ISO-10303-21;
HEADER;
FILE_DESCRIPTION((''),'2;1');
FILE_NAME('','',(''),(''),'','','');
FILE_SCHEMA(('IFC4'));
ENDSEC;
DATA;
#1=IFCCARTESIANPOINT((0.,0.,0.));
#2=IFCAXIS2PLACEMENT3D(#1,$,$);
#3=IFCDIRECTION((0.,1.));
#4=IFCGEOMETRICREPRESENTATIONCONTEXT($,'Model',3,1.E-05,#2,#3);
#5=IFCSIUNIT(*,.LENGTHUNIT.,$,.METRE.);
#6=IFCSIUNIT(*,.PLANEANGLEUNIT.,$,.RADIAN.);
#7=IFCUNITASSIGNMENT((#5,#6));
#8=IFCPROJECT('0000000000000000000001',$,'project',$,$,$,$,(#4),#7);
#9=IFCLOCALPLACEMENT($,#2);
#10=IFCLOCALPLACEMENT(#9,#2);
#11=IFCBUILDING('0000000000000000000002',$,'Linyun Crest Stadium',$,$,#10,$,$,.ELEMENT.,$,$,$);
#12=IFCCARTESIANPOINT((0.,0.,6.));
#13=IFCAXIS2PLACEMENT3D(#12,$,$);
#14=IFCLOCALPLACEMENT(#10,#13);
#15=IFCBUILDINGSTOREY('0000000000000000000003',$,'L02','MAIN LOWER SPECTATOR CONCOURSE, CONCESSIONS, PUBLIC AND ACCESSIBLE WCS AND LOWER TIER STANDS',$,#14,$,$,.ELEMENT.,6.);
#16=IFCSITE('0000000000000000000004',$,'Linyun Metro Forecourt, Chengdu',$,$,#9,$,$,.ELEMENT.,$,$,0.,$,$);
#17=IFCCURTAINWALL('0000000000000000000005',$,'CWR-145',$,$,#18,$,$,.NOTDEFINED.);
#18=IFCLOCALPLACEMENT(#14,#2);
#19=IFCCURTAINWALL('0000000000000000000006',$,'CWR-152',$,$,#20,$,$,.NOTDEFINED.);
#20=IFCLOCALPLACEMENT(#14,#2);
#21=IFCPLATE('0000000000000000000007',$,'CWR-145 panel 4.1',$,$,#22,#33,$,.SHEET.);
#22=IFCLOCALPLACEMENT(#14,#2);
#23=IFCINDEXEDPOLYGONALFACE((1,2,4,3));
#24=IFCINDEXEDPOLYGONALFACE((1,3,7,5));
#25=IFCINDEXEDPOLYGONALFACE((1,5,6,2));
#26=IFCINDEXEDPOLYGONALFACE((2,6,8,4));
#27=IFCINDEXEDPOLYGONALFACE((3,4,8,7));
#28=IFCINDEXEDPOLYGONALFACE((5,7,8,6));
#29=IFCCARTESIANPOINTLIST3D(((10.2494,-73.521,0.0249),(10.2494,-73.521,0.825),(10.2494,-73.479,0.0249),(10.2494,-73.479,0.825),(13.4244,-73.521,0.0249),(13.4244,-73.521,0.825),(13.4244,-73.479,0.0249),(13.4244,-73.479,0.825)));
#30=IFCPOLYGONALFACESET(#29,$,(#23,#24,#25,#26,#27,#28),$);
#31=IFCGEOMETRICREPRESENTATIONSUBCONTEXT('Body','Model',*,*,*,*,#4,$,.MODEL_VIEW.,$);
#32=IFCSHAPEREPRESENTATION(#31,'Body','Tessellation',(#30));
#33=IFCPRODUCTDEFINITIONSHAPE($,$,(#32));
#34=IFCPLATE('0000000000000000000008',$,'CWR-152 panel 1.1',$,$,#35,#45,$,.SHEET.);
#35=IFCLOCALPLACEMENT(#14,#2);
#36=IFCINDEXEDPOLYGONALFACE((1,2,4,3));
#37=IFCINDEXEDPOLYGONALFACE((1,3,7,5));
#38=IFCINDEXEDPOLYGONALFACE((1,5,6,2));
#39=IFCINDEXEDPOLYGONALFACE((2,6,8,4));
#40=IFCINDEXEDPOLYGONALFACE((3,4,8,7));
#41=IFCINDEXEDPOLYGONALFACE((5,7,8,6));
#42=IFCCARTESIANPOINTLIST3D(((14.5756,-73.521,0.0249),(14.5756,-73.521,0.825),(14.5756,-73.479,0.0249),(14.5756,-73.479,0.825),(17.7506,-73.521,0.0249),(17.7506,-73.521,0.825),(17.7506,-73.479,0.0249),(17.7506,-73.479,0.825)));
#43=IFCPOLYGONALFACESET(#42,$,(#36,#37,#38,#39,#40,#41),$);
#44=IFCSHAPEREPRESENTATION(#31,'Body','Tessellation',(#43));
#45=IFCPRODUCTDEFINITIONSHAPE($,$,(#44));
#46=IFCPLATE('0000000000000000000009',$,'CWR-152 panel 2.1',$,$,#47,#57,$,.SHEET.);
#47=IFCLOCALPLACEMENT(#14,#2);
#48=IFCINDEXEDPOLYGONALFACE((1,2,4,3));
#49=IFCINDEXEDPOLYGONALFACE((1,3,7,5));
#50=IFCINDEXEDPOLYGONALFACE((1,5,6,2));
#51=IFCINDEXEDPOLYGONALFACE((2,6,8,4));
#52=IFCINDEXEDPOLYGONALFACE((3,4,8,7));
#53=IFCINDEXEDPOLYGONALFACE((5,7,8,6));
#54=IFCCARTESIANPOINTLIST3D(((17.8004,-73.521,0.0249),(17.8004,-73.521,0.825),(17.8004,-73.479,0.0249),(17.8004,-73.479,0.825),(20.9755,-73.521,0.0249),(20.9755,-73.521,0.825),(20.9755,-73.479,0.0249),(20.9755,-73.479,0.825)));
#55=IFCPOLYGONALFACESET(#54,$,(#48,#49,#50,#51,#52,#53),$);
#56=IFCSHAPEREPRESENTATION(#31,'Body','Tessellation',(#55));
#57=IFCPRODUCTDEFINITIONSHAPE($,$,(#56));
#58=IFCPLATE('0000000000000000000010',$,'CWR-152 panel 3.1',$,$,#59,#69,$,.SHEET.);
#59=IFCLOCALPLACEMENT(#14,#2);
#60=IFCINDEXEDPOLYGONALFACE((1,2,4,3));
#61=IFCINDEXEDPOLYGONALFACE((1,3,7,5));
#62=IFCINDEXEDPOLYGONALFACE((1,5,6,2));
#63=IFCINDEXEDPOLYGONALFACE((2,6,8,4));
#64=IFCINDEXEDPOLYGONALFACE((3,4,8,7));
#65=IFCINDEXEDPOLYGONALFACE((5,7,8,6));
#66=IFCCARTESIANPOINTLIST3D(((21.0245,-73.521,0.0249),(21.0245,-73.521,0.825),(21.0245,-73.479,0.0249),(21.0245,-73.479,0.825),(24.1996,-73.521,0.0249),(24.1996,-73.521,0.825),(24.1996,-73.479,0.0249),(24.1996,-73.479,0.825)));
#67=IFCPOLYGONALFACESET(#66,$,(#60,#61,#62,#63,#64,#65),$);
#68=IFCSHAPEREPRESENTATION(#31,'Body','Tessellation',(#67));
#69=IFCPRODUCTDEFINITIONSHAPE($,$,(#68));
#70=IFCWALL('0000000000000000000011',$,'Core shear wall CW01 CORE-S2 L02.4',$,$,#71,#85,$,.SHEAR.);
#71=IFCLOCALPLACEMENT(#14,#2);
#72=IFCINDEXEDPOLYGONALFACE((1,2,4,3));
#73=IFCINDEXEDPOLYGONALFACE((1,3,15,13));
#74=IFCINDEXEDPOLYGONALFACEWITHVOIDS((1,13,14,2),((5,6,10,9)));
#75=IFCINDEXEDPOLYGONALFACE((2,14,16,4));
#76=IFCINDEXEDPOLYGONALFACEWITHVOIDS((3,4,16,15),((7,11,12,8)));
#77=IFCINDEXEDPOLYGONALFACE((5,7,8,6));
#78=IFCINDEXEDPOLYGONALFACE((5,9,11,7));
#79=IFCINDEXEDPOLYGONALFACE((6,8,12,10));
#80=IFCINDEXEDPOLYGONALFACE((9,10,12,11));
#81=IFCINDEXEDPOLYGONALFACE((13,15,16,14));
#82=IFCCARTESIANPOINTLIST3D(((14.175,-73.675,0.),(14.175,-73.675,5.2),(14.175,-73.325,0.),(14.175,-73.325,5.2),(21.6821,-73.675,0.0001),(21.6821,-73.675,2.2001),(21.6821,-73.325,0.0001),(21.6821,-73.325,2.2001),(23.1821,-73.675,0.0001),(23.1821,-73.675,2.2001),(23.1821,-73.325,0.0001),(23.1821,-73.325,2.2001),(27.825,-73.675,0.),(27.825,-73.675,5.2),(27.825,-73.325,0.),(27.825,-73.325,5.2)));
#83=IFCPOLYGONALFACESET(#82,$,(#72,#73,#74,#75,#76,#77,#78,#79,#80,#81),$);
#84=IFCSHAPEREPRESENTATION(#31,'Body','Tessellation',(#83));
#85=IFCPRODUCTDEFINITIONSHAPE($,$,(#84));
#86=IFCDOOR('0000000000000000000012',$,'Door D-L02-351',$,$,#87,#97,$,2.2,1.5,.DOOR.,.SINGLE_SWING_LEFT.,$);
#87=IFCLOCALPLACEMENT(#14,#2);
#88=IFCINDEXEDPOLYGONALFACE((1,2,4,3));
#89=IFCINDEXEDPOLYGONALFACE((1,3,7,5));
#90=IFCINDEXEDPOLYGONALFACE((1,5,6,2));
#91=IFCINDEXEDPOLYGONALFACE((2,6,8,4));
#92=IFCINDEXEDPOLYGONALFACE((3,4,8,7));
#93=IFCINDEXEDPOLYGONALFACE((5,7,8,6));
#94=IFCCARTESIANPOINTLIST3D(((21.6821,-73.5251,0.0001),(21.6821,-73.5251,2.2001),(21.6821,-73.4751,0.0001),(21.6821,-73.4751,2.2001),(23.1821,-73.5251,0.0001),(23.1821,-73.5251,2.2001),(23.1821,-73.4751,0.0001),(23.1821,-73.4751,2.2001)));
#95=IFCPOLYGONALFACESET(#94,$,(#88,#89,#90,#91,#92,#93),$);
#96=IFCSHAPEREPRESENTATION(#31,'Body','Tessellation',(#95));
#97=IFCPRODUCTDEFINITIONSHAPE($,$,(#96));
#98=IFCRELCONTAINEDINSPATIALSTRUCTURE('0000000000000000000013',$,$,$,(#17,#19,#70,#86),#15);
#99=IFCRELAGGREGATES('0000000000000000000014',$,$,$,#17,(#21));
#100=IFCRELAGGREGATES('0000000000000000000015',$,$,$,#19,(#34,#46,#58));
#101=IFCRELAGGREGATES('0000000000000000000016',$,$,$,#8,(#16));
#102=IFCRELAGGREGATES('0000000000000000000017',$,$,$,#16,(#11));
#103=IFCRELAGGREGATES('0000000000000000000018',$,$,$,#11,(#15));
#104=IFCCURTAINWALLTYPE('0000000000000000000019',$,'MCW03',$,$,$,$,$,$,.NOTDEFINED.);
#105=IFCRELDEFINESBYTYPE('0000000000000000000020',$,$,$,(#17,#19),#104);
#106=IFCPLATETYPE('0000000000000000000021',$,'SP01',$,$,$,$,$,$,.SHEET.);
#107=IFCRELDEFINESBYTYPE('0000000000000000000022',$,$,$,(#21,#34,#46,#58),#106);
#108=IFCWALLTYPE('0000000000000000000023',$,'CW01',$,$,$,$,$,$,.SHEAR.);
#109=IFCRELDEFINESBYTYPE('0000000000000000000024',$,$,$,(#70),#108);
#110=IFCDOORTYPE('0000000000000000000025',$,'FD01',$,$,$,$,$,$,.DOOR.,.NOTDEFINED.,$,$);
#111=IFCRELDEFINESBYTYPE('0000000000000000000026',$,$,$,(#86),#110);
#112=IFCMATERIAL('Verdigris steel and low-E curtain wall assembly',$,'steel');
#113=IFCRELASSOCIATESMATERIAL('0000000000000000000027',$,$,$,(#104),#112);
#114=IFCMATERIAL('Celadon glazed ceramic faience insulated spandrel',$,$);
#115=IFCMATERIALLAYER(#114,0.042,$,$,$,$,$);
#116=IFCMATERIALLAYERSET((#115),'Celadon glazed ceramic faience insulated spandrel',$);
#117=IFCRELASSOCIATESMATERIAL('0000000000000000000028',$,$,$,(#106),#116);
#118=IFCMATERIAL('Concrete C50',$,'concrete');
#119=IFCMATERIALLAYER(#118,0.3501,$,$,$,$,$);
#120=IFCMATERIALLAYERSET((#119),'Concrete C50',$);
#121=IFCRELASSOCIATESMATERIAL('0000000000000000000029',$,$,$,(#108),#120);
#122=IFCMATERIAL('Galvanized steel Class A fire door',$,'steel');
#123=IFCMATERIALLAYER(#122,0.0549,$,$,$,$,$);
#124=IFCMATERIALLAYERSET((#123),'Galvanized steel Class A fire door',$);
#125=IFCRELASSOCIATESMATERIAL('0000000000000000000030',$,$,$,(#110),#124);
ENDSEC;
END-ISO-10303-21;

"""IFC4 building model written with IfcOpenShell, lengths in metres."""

from ifc_helpers import new_model, si_unit, direction, frame, frame_2d, origin, origin_2d, place, context, subcontext, project, spatial, rectangle, extrude, material, layer, layer_set, type_object, element, fill, aggregate, save


model = new_model("IFC4")

# Units and contexts
model_context = context("Model", 3, precision=1e-05, world=origin(), true_north=direction((0.0, 1.0)))
body_context = subcontext(model_context, "Body", "Model", "MODEL_VIEW")
ifc_project = project(units=[si_unit("LENGTHUNIT", "METRE"), si_unit("PLANEANGLEUNIT", "RADIAN")], contexts=[model_context])

# Site, building, storey
site_placement = place(None, origin())
site = spatial("IfcSite", under=ifc_project, at=site_placement, Name="Linyun Metro Forecourt, Chengdu", CompositionType="ELEMENT", RefElevation=0.0)
building_placement = place(site_placement, origin())
building = spatial("IfcBuilding", under=site, at=building_placement, Name="Linyun Crest Stadium", CompositionType="ELEMENT")
storey_placement = place(building_placement, frame((0.0, 0.0, 6.0)))
storey = spatial("IfcBuildingStorey", under=building, at=storey_placement, Name="L02", Description="MAIN LOWER SPECTATOR CONCOURSE, CONCESSIONS, PUBLIC AND ACCESSIBLE WCS AND LOWER TIER STANDS", CompositionType="ELEMENT", Elevation=6.0)

# Curtain walls
ifc_material_1 = material(Name="Verdigris steel and low-E curtain wall assembly", Category="steel")
curtain_wall_type = type_object("IfcCurtainWallType", Name="MCW03", PredefinedType="NOTDEFINED", material=ifc_material_1)
curtain_wall_1_placement = place(storey_placement, origin())
curtain_wall_1 = element("IfcCurtainWall", 1, at=curtain_wall_1_placement, inside=storey, type_object=curtain_wall_type, Name="CWR-145", PredefinedType="NOTDEFINED")
curtain_wall_2_placement = place(storey_placement, origin())
curtain_wall_2 = element("IfcCurtainWall", 2, at=curtain_wall_2_placement, inside=storey, type_object=curtain_wall_type, Name="CWR-152", PredefinedType="NOTDEFINED")

# Plates
ifc_material_2 = material(Name="Celadon glazed ceramic faience insulated spandrel")
ifc_layer_1 = layer(ifc_material_2, 0.042)
ifc_layer_set_1 = layer_set([ifc_layer_1], Name="Celadon glazed ceramic faience insulated spandrel")
plate_type_1 = type_object("IfcPlateType", Name="SP01", PredefinedType="SHEET", material=ifc_layer_set_1)
plate_1_placement = place(storey_placement, frame((11.8369, -73.5, 0.0249), z_axis=(0.0, 0.0, 1.0), x_axis=(1.0, 0.0, 0.0)))
plate_1 = element("IfcPlate", 3, at=plate_1_placement, type_object=plate_type_1, Name="CWR-145 panel 4.1", PredefinedType="SHEET", context=body_context, shape_type="SweptSolid", body=[
    extrude(rectangle(XDim=3.175, YDim=0.042, at=origin_2d()), origin(), (0.0, 0.0, 1.0), 0.8),
])
aggregate(curtain_wall_1, [plate_1])
plate_2_placement = place(storey_placement, frame((16.1631, -73.5, 0.0249), z_axis=(0.0, 0.0, 1.0), x_axis=(1.0, 0.0, 0.0)))
plate_2 = element("IfcPlate", 4, at=plate_2_placement, type_object=plate_type_1, Name="CWR-152 panel 1.1", PredefinedType="SHEET", context=body_context, shape_type="SweptSolid", body=[
    extrude(rectangle(XDim=3.175, YDim=0.042, at=origin_2d()), origin(), (0.0, 0.0, 1.0), 0.8),
])
plate_3_placement = place(storey_placement, frame((19.3879, -73.5, 0.0249), z_axis=(0.0, 0.0, 1.0), x_axis=(1.0, 0.0, 0.0)))
plate_3 = element("IfcPlate", 5, at=plate_3_placement, type_object=plate_type_1, Name="CWR-152 panel 2.1", PredefinedType="SHEET", context=body_context, shape_type="SweptSolid", body=[
    extrude(rectangle(XDim=3.175, YDim=0.042, at=origin_2d()), origin(), (0.0, 0.0, 1.0), 0.8),
])
plate_4_placement = place(storey_placement, frame((22.6121, -73.5, 0.0249), z_axis=(0.0, 0.0, 1.0), x_axis=(1.0, 0.0, 0.0)))
plate_4 = element("IfcPlate", 6, at=plate_4_placement, type_object=plate_type_1, Name="CWR-152 panel 3.1", PredefinedType="SHEET", context=body_context, shape_type="SweptSolid", body=[
    extrude(rectangle(XDim=3.175, YDim=0.042, at=origin_2d()), origin(), (0.0, 0.0, 1.0), 0.8),
])
aggregate(curtain_wall_2, [plate_2, plate_3, plate_4])

# Wall, opening, door
ifc_material_3 = material(Name="Concrete C50", Category="concrete")
ifc_layer_2 = layer(ifc_material_3, 0.3501)
ifc_layer_set_2 = layer_set([ifc_layer_2], Name="Concrete C50")
wall_type = type_object("IfcWallType", Name="CW01", PredefinedType="SHEAR", material=ifc_layer_set_2)
wall_placement = place(storey_placement, frame((14.175, -73.5, 0.0), z_axis=(0.0, 0.0, 1.0), x_axis=(1.0, 0.0, 0.0)))
wall = element("IfcWall", 7, at=wall_placement, inside=storey, type_object=wall_type, Name="Core shear wall CW01 CORE-S2 L02.4", PredefinedType="SHEAR", context=body_context, shape_type="SweptSolid", body=[
    extrude(rectangle(XDim=13.6499, YDim=0.3501, at=frame_2d((6.825, 0.0))), origin(), (0.0, 0.0, 1.0), 5.2),
])
opening_placement = place(wall_placement, frame((7.5071, 0.0, 0.0)))
opening = element("IfcOpeningElement", 8, at=opening_placement, cuts=wall, PredefinedType="OPENING", context=body_context, shape_type="SweptSolid", body=[
    extrude(rectangle(XDim=1.5, YDim=2.2, at=frame_2d((0.75, 1.1001))), frame((0.0, 0.1851, 0.0), z_axis=(0.0, -1.0, 0.0), x_axis=(1.0, 0.0, 0.0)), (0.0, 0.0, 1.0), 0.3701),
])
ifc_material_4 = material(Name="Galvanized steel Class A fire door", Category="steel")
ifc_layer_3 = layer(ifc_material_4, 0.0549)
ifc_layer_set_3 = layer_set([ifc_layer_3], Name="Galvanized steel Class A fire door")
door_type = type_object("IfcDoorType", Name="FD01", OperationType="NOTDEFINED", PredefinedType="DOOR", material=ifc_layer_set_3)
door_placement = place(opening_placement, origin())
door = element("IfcDoor", 9, at=door_placement, inside=storey, type_object=door_type, Name="Door D-L02-351", OperationType="SINGLE_SWING_LEFT", OverallHeight=2.2, OverallWidth=1.5, PredefinedType="DOOR", context=body_context, shape_type="SweptSolid", body=[
    extrude(rectangle(XDim=1.5, YDim=2.2, at=frame_2d((0.75, 1.1001))), frame((0.0, 0.0249, 0.0), z_axis=(0.0, -1.0, 0.0), x_axis=(1.0, 0.0, 0.0)), (0.0, 0.0, 1.0), 0.05),
])
fill(opening, door)

save(model, "model.ifc")
